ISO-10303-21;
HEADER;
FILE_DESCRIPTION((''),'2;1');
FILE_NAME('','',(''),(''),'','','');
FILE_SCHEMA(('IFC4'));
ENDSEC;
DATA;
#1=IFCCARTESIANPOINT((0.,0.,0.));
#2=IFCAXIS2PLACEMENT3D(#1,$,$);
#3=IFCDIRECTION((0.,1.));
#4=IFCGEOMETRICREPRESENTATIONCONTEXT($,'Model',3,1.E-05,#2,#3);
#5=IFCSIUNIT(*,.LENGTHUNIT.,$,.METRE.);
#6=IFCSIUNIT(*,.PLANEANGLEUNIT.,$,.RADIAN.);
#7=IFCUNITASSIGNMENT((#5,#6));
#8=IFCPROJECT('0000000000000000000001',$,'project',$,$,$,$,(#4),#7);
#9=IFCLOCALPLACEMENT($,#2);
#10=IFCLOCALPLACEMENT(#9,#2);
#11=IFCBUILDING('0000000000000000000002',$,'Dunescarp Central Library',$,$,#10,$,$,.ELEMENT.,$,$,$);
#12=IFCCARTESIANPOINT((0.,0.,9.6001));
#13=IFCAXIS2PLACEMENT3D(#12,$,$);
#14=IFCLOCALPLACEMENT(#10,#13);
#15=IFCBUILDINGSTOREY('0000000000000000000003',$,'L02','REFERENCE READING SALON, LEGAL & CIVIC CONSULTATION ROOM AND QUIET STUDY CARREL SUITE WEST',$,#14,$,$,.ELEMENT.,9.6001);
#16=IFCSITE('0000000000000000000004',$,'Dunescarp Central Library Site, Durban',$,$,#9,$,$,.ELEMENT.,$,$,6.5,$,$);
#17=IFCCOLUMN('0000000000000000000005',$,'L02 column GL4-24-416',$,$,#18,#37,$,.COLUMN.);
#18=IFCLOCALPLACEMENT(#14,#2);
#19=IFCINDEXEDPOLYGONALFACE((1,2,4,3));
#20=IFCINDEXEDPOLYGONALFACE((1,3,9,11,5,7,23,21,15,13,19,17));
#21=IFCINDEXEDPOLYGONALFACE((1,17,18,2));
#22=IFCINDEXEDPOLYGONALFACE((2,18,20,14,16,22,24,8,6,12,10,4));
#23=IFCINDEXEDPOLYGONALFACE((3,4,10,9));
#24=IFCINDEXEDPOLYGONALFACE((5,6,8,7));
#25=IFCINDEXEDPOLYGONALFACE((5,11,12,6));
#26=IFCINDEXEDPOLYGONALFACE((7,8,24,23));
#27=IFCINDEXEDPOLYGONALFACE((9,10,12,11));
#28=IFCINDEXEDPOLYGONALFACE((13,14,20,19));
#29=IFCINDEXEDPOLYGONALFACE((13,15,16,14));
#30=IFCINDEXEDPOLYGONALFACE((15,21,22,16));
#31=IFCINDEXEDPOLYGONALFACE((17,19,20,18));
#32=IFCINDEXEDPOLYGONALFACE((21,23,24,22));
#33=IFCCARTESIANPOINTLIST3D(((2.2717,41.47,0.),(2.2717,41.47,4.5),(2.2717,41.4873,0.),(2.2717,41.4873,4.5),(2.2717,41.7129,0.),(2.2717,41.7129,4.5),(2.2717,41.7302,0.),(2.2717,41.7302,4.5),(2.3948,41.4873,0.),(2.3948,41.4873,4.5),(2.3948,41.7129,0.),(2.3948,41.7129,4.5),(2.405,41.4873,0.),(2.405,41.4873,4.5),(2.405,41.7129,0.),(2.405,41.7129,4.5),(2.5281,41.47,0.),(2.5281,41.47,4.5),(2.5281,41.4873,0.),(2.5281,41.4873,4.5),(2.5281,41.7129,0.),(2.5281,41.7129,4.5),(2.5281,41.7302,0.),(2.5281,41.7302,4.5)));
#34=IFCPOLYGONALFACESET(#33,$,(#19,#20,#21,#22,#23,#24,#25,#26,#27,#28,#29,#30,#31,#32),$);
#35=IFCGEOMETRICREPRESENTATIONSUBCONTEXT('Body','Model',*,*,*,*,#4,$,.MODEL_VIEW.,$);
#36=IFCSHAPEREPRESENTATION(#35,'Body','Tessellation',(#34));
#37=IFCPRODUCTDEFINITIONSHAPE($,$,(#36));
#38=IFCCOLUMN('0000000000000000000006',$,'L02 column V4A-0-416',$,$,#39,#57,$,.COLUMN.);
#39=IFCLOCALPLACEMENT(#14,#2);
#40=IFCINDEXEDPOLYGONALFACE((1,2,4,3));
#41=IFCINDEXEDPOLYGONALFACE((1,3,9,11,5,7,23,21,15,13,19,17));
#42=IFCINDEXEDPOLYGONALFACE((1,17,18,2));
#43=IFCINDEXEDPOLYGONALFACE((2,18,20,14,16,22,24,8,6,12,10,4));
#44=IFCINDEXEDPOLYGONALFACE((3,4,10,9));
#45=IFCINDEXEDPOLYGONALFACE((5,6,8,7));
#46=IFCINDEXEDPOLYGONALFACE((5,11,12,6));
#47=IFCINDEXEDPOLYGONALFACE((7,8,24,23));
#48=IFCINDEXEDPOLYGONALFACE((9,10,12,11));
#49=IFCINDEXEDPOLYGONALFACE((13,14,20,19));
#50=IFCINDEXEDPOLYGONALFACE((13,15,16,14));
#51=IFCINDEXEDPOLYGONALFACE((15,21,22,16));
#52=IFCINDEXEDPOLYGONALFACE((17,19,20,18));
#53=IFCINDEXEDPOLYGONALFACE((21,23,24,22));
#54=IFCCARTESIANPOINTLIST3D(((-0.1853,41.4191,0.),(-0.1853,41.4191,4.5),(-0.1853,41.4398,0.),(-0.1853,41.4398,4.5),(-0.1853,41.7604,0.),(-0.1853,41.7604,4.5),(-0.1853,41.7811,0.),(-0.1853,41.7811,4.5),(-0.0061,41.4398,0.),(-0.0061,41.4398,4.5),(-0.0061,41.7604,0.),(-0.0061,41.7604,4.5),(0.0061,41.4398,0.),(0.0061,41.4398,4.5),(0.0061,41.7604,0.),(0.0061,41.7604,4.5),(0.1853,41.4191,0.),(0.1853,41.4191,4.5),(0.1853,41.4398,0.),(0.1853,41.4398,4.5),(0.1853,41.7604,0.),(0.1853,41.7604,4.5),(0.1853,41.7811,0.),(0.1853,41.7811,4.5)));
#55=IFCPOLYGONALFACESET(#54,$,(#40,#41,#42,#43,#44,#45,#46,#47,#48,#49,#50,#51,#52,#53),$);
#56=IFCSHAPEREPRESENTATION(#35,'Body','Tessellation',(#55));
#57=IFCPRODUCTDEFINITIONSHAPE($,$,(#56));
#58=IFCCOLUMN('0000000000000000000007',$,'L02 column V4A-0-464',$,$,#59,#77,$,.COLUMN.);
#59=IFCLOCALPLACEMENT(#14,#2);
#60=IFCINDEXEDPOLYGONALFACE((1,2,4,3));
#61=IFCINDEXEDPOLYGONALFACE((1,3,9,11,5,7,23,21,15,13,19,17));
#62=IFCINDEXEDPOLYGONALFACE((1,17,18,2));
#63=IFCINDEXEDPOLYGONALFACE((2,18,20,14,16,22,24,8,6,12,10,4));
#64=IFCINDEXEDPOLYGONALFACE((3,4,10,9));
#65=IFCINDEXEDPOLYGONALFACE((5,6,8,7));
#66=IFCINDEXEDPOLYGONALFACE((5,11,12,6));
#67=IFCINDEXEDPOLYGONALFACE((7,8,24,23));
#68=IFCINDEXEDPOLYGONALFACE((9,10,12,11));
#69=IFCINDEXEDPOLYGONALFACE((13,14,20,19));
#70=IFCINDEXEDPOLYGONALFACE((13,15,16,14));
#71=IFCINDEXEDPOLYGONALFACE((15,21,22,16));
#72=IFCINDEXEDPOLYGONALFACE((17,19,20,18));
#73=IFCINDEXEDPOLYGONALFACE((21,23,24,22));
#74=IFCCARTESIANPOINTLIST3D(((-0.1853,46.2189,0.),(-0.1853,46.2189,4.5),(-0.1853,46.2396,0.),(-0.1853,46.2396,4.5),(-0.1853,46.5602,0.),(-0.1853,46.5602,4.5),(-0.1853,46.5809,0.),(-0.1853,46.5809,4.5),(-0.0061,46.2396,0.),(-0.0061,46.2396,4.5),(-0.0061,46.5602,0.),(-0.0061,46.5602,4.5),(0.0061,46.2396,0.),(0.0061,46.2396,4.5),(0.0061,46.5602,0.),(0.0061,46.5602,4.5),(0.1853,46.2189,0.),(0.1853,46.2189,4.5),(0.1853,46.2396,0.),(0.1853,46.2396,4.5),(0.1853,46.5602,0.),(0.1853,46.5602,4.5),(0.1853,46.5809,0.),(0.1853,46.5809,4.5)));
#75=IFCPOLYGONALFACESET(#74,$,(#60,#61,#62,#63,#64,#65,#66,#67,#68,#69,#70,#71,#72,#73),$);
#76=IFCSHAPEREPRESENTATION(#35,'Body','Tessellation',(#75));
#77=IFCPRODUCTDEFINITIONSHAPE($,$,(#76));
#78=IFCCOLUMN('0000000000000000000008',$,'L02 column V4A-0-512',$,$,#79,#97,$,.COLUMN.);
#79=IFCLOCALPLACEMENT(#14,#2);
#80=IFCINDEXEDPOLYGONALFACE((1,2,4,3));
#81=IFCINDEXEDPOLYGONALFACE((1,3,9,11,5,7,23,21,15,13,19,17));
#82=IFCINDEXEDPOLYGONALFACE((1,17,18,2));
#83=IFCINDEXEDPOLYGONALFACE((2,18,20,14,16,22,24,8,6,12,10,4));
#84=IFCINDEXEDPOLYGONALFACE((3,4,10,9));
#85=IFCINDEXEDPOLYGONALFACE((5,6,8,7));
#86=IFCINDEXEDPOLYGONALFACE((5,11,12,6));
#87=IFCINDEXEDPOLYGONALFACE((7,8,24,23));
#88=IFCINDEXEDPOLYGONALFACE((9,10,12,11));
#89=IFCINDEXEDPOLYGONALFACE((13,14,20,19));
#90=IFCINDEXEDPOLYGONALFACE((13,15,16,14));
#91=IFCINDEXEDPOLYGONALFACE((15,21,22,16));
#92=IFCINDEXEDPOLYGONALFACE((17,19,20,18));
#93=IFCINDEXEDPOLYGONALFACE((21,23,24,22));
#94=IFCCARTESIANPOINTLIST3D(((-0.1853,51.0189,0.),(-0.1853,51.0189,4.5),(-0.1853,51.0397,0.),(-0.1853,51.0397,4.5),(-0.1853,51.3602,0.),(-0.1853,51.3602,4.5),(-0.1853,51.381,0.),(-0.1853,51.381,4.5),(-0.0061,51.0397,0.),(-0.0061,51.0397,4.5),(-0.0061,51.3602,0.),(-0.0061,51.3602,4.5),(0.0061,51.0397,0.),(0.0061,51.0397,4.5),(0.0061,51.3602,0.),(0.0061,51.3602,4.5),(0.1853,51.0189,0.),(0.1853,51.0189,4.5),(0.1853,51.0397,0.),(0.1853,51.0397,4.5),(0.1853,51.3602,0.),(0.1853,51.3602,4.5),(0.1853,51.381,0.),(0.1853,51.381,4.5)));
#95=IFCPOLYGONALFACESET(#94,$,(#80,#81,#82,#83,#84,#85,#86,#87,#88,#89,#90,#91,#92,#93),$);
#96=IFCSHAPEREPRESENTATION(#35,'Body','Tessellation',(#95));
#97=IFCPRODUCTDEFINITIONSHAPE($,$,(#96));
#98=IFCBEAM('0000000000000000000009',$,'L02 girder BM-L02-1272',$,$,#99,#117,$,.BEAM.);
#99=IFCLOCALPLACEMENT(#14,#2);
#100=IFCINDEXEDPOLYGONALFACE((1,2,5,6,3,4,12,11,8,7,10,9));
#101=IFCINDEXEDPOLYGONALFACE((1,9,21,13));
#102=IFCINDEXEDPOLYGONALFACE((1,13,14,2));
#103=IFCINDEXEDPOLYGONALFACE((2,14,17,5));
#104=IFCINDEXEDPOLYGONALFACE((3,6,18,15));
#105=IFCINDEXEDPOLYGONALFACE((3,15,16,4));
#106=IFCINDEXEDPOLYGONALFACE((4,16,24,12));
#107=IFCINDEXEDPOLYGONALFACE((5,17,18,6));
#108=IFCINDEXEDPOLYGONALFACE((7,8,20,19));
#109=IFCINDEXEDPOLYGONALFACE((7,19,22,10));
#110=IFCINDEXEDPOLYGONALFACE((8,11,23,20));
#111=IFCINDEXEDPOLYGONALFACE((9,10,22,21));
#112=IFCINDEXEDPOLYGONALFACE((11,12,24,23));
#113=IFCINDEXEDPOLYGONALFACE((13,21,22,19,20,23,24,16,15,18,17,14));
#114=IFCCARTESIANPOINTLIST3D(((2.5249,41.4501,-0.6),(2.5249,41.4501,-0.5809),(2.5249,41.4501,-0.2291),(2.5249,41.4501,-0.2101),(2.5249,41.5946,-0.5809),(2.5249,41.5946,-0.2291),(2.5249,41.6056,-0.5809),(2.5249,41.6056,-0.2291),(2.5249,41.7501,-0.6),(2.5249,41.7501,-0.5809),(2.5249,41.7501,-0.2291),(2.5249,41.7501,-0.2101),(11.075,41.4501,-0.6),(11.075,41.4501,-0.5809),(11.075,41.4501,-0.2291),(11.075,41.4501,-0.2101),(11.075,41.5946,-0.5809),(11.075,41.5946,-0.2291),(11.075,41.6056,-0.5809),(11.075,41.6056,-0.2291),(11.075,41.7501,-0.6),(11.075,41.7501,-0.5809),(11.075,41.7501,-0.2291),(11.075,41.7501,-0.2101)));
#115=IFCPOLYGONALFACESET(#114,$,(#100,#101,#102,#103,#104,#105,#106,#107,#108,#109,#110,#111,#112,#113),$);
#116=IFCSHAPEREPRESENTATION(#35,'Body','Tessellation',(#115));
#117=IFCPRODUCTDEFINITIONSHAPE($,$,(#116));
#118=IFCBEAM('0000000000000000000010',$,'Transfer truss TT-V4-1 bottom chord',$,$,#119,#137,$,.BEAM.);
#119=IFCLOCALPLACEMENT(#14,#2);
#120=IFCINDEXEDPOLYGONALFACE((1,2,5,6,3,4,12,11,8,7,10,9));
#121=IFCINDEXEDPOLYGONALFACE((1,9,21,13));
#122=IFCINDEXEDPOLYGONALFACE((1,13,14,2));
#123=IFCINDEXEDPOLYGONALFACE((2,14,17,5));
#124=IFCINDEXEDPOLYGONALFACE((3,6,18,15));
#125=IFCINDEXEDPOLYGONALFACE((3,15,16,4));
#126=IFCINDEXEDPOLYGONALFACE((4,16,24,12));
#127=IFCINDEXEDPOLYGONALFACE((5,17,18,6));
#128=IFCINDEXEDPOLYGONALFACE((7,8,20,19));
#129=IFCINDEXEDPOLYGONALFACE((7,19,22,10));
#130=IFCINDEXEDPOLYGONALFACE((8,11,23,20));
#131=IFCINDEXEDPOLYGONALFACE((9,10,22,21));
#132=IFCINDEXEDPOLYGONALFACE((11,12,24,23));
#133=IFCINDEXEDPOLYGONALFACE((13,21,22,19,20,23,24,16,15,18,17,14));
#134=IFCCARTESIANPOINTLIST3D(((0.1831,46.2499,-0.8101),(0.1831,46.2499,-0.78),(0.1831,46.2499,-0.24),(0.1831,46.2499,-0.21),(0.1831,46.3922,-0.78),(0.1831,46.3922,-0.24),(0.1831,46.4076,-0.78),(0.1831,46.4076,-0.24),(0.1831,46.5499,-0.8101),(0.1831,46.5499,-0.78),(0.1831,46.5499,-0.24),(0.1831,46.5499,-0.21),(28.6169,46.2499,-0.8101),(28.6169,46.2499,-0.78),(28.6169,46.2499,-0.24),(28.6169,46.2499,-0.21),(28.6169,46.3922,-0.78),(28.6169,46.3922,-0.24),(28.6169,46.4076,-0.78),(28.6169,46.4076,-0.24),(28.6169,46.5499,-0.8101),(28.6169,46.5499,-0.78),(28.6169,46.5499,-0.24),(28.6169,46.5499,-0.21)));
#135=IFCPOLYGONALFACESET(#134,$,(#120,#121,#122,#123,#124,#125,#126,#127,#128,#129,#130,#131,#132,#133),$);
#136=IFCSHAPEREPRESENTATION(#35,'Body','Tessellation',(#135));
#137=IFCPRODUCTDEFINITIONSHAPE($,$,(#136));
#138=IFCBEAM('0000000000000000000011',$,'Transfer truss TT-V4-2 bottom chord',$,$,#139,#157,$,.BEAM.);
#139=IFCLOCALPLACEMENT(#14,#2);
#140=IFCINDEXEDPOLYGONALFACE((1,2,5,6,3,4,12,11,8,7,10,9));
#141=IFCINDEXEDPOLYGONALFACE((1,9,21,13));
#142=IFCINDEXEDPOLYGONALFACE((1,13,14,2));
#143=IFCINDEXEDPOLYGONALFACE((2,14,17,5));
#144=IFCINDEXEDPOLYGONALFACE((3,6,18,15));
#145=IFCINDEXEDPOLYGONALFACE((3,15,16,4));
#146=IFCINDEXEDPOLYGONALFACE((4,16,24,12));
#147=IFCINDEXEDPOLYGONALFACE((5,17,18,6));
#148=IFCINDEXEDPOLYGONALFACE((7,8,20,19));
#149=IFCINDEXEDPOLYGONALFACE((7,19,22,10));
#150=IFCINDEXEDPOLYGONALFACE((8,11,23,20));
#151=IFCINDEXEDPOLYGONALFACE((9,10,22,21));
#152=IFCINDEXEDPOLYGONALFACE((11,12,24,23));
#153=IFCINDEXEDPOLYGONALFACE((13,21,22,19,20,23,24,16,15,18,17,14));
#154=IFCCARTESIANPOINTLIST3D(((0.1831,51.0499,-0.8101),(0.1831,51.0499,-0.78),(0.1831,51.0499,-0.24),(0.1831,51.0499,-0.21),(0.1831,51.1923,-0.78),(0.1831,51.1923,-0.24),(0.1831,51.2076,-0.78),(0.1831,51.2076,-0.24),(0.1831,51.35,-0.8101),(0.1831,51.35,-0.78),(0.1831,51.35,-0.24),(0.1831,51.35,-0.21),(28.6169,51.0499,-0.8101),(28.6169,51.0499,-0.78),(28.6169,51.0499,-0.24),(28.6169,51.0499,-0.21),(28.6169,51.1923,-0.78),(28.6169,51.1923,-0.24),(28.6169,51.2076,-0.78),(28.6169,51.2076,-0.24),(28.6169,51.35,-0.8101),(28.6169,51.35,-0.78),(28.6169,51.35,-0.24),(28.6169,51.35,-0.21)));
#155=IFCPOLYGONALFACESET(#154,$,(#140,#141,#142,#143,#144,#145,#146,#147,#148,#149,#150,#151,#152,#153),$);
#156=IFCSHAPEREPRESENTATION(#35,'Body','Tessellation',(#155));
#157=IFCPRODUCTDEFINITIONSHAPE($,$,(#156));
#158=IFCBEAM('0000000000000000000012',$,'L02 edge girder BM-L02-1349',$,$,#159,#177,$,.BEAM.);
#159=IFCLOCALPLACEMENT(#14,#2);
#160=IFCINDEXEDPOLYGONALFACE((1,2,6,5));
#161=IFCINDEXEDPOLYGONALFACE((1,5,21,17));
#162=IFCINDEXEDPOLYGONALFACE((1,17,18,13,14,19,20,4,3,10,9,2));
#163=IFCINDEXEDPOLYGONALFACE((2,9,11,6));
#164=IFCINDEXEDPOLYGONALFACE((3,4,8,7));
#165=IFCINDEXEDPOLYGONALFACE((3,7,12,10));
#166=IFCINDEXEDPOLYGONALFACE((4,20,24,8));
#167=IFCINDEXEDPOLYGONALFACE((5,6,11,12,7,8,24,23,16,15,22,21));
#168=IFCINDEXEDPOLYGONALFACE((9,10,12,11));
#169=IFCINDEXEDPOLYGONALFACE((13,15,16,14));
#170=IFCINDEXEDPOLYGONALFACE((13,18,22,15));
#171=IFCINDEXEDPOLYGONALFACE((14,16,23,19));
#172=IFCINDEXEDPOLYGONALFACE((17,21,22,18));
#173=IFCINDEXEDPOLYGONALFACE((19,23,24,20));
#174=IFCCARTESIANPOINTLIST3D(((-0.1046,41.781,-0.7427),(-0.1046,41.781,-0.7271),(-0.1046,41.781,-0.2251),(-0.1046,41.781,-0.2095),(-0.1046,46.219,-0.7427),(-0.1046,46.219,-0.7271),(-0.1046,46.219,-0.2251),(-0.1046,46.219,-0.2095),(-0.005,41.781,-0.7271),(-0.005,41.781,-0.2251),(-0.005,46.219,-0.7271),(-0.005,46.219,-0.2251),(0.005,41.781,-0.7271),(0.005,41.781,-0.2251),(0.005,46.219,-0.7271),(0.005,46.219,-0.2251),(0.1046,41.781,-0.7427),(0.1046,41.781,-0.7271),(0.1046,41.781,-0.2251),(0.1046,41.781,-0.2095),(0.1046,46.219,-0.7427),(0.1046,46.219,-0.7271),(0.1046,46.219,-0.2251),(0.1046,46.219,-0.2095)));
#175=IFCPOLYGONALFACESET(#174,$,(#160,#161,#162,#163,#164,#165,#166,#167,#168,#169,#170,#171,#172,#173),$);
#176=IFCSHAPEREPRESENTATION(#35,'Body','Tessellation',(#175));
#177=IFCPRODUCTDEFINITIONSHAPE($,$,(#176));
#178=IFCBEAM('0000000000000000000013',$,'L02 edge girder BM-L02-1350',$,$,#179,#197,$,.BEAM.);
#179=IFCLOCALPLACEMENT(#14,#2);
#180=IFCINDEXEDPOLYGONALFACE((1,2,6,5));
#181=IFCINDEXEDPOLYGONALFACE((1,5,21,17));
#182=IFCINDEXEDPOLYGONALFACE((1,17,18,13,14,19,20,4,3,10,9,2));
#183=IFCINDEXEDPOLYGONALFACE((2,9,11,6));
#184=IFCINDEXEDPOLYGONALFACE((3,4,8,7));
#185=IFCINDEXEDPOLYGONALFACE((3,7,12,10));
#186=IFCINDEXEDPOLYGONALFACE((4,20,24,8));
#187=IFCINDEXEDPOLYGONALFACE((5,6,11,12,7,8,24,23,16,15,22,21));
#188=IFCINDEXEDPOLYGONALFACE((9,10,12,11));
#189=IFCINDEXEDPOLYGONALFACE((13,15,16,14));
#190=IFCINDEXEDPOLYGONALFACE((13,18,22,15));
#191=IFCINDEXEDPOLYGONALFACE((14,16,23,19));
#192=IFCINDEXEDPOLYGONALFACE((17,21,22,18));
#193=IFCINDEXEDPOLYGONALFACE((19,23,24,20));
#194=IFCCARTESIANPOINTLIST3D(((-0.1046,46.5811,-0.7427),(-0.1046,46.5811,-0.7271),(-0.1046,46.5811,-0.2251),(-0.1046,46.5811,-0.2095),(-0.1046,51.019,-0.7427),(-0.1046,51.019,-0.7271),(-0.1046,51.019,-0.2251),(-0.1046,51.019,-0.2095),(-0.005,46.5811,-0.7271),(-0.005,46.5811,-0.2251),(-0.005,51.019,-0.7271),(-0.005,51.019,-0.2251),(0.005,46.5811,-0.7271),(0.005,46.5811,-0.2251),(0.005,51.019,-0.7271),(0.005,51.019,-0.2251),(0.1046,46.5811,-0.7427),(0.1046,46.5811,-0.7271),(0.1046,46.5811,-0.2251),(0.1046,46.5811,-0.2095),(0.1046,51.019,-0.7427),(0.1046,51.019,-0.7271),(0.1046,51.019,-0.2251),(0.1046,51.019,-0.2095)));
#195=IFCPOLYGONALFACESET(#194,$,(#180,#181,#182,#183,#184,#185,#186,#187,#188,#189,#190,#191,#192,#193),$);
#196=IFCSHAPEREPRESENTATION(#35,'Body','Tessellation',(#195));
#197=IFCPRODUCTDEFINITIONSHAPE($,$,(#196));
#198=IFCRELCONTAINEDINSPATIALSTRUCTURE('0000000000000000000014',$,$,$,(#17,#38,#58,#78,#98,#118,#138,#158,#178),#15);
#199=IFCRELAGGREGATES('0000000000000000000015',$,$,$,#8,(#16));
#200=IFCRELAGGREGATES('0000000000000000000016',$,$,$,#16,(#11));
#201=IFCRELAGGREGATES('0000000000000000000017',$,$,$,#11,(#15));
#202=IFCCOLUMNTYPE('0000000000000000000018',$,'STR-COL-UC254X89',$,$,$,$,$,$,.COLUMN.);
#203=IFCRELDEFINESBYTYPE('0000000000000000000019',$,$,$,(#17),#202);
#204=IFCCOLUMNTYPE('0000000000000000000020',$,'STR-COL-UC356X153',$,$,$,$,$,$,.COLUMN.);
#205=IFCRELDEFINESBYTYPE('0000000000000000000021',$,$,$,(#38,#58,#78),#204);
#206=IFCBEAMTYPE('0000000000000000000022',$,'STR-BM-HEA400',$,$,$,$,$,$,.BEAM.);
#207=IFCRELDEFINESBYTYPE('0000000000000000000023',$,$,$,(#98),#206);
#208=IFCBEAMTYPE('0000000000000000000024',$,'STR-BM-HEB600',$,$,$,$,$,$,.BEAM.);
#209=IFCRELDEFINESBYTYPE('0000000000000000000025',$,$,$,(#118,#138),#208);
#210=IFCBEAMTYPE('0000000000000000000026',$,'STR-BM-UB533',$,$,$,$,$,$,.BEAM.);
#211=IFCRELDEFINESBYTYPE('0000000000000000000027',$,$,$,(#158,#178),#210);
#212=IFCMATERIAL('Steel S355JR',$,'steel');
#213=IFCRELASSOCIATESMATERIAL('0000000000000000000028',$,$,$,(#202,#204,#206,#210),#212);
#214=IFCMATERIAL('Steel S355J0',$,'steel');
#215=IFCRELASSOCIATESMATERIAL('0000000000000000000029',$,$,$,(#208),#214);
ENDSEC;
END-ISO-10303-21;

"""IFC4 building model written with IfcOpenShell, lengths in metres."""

from ifc_helpers import new_model, si_unit, direction, frame, origin, origin_2d, place, context, subcontext, project, spatial, i_section, extrude, material, material_profile, profile_set, type_object, element, save


model = new_model("IFC4")

# Units and contexts
model_context = context("Model", 3, precision=1e-05, world=origin(), true_north=direction((0.0, 1.0)))
body_context = subcontext(model_context, "Body", "Model", "MODEL_VIEW")
ifc_project = project(units=[si_unit("LENGTHUNIT", "METRE"), si_unit("PLANEANGLEUNIT", "RADIAN")], contexts=[model_context])

# Site, building, storey
site_placement = place(None, origin())
site = spatial("IfcSite", under=ifc_project, at=site_placement, Name="Dunescarp Central Library Site, Durban", CompositionType="ELEMENT", RefElevation=6.5)
building_placement = place(site_placement, origin())
building = spatial("IfcBuilding", under=site, at=building_placement, Name="Dunescarp Central Library", CompositionType="ELEMENT")
storey_placement = place(building_placement, frame((0.0, 0.0, 9.6001)))
storey = spatial("IfcBuildingStorey", under=building, at=storey_placement, Name="L02", Description="REFERENCE READING SALON, LEGAL & CIVIC CONSULTATION ROOM AND QUIET STUDY CARREL SUITE WEST", CompositionType="ELEMENT", Elevation=9.6001)

# Columns
ifc_material_1 = material(Name="Steel S355JR", Category="steel")
ifc_material_profile_1 = material_profile(ifc_material_1, i_section(OverallWidth=0.2563, OverallDepth=0.2603, WebThickness=0.0103, FlangeThickness=0.0173, at=origin_2d()), Name="UC 254x254x89")
ifc_profile_set_1 = profile_set([ifc_material_profile_1], Name="Steel S355JR")
column_type_1 = type_object("IfcColumnType", Name="STR-COL-UC254X89", PredefinedType="COLUMN", material=ifc_profile_set_1)
column_placement = place(storey_placement, frame((2.3999, 41.6001, 0.0), z_axis=(0.0, 0.0, 1.0), x_axis=(1.0, 0.0, 0.0)))
element("IfcColumn", 1, at=column_placement, inside=storey, type_object=column_type_1, Name="L02 column GL4-24-416", PredefinedType="COLUMN", context=body_context, shape_type="SweptSolid", body=[
    extrude(i_section(OverallWidth=0.2563, OverallDepth=0.2603, WebThickness=0.0103, FlangeThickness=0.0173, at=origin_2d()), origin(), (0.0, 0.0, 1.0), 4.5),
])
ifc_material_profile_2 = material_profile(ifc_material_1, i_section(OverallWidth=0.3706, OverallDepth=0.3621, WebThickness=0.0122, FlangeThickness=0.0208, at=origin_2d()), Name="UC 356x368x153")
ifc_profile_set_2 = profile_set([ifc_material_profile_2], Name="Steel S355JR")
column_type_2 = type_object("IfcColumnType", Name="STR-COL-UC356X153", PredefinedType="COLUMN", material=ifc_profile_set_2)
for number, where, z_axis, x_axis, name in (
    (2, (0.0, 41.6001, 0.0), (0.0, 0.0, 1.0), (1.0, 0.0, 0.0), "L02 column V4A-0-416"),
    (3, (0.0, 46.3999, 0.0), (0.0, 0.0, 1.0), (1.0, 0.0, 0.0), "L02 column V4A-0-464"),
    (4, (0.0, 51.2, 0.0), (0.0, 0.0, 1.0), (1.0, 0.0, 0.0), "L02 column V4A-0-512"),
):
    element("IfcColumn", number, at=place(storey_placement, frame(where, z_axis=z_axis, x_axis=x_axis)), inside=storey, type_object=column_type_2, Name=name, PredefinedType="COLUMN", context=body_context, shape_type="SweptSolid", body=[
        extrude(i_section(OverallWidth=0.3706, OverallDepth=0.3621, WebThickness=0.0122, FlangeThickness=0.0208, at=origin_2d()), origin(), (0.0, 0.0, 1.0), 4.5),
    ])

# Beams
ifc_material_profile_3 = material_profile(ifc_material_1, i_section(OverallWidth=0.3, OverallDepth=0.3899, WebThickness=0.011, FlangeThickness=0.019, at=origin_2d()), Name="HEA 400")
ifc_profile_set_3 = profile_set([ifc_material_profile_3], Name="Steel S355JR")
beam_type_1 = type_object("IfcBeamType", Name="STR-BM-HEA400", PredefinedType="BEAM", material=ifc_profile_set_3)
beam_1_placement = place(storey_placement, frame((2.5249, 41.6001, -0.405), z_axis=(1.0, 0.0, 0.0), x_axis=(0.0, 1.0, 0.0)))
element("IfcBeam", 5, at=beam_1_placement, inside=storey, type_object=beam_type_1, Name="L02 girder BM-L02-1272", PredefinedType="BEAM", context=body_context, shape_type="SweptSolid", body=[
    extrude(i_section(OverallWidth=0.3, OverallDepth=0.3899, WebThickness=0.011, FlangeThickness=0.019, at=origin_2d()), origin(), (0.0, 0.0, 1.0), 8.55),
])
ifc_material_2 = material(Name="Steel S355J0", Category="steel")
ifc_material_profile_4 = material_profile(ifc_material_2, i_section(OverallWidth=0.3, OverallDepth=0.6001, WebThickness=0.0154, FlangeThickness=0.03, at=origin_2d()), Name="HEB 600")
ifc_profile_set_4 = profile_set([ifc_material_profile_4], Name="Steel S355J0")
beam_type_2 = type_object("IfcBeamType", Name="STR-BM-HEB600", PredefinedType="BEAM", material=ifc_profile_set_4)
for number, where, z_axis, x_axis, name in (
    (6, (0.1831, 46.3999, -0.51), (1.0, 0.0, 0.0), (0.0, 1.0, 0.0), "Transfer truss TT-V4-1 bottom chord"),
    (7, (0.1831, 51.2, -0.51), (1.0, 0.0, 0.0), (0.0, 1.0, 0.0), "Transfer truss TT-V4-2 bottom chord"),
):
    element("IfcBeam", number, at=place(storey_placement, frame(where, z_axis=z_axis, x_axis=x_axis)), inside=storey, type_object=beam_type_2, Name=name, PredefinedType="BEAM", context=body_context, shape_type="SweptSolid", body=[
        extrude(i_section(OverallWidth=0.3, OverallDepth=0.6001, WebThickness=0.0154, FlangeThickness=0.03, at=origin_2d()), origin(), (0.0, 0.0, 1.0), 28.4338),
    ])
ifc_material_profile_5 = material_profile(ifc_material_1, i_section(OverallWidth=0.2092, OverallDepth=0.5332, WebThickness=0.01, FlangeThickness=0.0156, at=origin_2d()), Name="UB 533x210x92")
ifc_profile_set_5 = profile_set([ifc_material_profile_5], Name="Steel S355JR")
beam_type_3 = type_object("IfcBeamType", Name="STR-BM-UB533", PredefinedType="BEAM", material=ifc_profile_set_5)
for number, where, z_axis, x_axis, name in (
    (8, (0.0, 41.781, -0.4761), (0.0, 1.0, 0.0), (-1.0, 0.0, 0.0), "L02 edge girder BM-L02-1349"),
    (9, (0.0, 46.5811, -0.4761), (0.0, 1.0, 0.0), (-1.0, 0.0, 0.0), "L02 edge girder BM-L02-1350"),
):
    element("IfcBeam", number, at=place(storey_placement, frame(where, z_axis=z_axis, x_axis=x_axis)), inside=storey, type_object=beam_type_3, Name=name, PredefinedType="BEAM", context=body_context, shape_type="SweptSolid", body=[
        extrude(i_section(OverallWidth=0.2092, OverallDepth=0.5332, WebThickness=0.01, FlangeThickness=0.0156, at=origin_2d()), origin(), (0.0, 0.0, 1.0), 4.438),
    ])

save(model, "model.ifc")
